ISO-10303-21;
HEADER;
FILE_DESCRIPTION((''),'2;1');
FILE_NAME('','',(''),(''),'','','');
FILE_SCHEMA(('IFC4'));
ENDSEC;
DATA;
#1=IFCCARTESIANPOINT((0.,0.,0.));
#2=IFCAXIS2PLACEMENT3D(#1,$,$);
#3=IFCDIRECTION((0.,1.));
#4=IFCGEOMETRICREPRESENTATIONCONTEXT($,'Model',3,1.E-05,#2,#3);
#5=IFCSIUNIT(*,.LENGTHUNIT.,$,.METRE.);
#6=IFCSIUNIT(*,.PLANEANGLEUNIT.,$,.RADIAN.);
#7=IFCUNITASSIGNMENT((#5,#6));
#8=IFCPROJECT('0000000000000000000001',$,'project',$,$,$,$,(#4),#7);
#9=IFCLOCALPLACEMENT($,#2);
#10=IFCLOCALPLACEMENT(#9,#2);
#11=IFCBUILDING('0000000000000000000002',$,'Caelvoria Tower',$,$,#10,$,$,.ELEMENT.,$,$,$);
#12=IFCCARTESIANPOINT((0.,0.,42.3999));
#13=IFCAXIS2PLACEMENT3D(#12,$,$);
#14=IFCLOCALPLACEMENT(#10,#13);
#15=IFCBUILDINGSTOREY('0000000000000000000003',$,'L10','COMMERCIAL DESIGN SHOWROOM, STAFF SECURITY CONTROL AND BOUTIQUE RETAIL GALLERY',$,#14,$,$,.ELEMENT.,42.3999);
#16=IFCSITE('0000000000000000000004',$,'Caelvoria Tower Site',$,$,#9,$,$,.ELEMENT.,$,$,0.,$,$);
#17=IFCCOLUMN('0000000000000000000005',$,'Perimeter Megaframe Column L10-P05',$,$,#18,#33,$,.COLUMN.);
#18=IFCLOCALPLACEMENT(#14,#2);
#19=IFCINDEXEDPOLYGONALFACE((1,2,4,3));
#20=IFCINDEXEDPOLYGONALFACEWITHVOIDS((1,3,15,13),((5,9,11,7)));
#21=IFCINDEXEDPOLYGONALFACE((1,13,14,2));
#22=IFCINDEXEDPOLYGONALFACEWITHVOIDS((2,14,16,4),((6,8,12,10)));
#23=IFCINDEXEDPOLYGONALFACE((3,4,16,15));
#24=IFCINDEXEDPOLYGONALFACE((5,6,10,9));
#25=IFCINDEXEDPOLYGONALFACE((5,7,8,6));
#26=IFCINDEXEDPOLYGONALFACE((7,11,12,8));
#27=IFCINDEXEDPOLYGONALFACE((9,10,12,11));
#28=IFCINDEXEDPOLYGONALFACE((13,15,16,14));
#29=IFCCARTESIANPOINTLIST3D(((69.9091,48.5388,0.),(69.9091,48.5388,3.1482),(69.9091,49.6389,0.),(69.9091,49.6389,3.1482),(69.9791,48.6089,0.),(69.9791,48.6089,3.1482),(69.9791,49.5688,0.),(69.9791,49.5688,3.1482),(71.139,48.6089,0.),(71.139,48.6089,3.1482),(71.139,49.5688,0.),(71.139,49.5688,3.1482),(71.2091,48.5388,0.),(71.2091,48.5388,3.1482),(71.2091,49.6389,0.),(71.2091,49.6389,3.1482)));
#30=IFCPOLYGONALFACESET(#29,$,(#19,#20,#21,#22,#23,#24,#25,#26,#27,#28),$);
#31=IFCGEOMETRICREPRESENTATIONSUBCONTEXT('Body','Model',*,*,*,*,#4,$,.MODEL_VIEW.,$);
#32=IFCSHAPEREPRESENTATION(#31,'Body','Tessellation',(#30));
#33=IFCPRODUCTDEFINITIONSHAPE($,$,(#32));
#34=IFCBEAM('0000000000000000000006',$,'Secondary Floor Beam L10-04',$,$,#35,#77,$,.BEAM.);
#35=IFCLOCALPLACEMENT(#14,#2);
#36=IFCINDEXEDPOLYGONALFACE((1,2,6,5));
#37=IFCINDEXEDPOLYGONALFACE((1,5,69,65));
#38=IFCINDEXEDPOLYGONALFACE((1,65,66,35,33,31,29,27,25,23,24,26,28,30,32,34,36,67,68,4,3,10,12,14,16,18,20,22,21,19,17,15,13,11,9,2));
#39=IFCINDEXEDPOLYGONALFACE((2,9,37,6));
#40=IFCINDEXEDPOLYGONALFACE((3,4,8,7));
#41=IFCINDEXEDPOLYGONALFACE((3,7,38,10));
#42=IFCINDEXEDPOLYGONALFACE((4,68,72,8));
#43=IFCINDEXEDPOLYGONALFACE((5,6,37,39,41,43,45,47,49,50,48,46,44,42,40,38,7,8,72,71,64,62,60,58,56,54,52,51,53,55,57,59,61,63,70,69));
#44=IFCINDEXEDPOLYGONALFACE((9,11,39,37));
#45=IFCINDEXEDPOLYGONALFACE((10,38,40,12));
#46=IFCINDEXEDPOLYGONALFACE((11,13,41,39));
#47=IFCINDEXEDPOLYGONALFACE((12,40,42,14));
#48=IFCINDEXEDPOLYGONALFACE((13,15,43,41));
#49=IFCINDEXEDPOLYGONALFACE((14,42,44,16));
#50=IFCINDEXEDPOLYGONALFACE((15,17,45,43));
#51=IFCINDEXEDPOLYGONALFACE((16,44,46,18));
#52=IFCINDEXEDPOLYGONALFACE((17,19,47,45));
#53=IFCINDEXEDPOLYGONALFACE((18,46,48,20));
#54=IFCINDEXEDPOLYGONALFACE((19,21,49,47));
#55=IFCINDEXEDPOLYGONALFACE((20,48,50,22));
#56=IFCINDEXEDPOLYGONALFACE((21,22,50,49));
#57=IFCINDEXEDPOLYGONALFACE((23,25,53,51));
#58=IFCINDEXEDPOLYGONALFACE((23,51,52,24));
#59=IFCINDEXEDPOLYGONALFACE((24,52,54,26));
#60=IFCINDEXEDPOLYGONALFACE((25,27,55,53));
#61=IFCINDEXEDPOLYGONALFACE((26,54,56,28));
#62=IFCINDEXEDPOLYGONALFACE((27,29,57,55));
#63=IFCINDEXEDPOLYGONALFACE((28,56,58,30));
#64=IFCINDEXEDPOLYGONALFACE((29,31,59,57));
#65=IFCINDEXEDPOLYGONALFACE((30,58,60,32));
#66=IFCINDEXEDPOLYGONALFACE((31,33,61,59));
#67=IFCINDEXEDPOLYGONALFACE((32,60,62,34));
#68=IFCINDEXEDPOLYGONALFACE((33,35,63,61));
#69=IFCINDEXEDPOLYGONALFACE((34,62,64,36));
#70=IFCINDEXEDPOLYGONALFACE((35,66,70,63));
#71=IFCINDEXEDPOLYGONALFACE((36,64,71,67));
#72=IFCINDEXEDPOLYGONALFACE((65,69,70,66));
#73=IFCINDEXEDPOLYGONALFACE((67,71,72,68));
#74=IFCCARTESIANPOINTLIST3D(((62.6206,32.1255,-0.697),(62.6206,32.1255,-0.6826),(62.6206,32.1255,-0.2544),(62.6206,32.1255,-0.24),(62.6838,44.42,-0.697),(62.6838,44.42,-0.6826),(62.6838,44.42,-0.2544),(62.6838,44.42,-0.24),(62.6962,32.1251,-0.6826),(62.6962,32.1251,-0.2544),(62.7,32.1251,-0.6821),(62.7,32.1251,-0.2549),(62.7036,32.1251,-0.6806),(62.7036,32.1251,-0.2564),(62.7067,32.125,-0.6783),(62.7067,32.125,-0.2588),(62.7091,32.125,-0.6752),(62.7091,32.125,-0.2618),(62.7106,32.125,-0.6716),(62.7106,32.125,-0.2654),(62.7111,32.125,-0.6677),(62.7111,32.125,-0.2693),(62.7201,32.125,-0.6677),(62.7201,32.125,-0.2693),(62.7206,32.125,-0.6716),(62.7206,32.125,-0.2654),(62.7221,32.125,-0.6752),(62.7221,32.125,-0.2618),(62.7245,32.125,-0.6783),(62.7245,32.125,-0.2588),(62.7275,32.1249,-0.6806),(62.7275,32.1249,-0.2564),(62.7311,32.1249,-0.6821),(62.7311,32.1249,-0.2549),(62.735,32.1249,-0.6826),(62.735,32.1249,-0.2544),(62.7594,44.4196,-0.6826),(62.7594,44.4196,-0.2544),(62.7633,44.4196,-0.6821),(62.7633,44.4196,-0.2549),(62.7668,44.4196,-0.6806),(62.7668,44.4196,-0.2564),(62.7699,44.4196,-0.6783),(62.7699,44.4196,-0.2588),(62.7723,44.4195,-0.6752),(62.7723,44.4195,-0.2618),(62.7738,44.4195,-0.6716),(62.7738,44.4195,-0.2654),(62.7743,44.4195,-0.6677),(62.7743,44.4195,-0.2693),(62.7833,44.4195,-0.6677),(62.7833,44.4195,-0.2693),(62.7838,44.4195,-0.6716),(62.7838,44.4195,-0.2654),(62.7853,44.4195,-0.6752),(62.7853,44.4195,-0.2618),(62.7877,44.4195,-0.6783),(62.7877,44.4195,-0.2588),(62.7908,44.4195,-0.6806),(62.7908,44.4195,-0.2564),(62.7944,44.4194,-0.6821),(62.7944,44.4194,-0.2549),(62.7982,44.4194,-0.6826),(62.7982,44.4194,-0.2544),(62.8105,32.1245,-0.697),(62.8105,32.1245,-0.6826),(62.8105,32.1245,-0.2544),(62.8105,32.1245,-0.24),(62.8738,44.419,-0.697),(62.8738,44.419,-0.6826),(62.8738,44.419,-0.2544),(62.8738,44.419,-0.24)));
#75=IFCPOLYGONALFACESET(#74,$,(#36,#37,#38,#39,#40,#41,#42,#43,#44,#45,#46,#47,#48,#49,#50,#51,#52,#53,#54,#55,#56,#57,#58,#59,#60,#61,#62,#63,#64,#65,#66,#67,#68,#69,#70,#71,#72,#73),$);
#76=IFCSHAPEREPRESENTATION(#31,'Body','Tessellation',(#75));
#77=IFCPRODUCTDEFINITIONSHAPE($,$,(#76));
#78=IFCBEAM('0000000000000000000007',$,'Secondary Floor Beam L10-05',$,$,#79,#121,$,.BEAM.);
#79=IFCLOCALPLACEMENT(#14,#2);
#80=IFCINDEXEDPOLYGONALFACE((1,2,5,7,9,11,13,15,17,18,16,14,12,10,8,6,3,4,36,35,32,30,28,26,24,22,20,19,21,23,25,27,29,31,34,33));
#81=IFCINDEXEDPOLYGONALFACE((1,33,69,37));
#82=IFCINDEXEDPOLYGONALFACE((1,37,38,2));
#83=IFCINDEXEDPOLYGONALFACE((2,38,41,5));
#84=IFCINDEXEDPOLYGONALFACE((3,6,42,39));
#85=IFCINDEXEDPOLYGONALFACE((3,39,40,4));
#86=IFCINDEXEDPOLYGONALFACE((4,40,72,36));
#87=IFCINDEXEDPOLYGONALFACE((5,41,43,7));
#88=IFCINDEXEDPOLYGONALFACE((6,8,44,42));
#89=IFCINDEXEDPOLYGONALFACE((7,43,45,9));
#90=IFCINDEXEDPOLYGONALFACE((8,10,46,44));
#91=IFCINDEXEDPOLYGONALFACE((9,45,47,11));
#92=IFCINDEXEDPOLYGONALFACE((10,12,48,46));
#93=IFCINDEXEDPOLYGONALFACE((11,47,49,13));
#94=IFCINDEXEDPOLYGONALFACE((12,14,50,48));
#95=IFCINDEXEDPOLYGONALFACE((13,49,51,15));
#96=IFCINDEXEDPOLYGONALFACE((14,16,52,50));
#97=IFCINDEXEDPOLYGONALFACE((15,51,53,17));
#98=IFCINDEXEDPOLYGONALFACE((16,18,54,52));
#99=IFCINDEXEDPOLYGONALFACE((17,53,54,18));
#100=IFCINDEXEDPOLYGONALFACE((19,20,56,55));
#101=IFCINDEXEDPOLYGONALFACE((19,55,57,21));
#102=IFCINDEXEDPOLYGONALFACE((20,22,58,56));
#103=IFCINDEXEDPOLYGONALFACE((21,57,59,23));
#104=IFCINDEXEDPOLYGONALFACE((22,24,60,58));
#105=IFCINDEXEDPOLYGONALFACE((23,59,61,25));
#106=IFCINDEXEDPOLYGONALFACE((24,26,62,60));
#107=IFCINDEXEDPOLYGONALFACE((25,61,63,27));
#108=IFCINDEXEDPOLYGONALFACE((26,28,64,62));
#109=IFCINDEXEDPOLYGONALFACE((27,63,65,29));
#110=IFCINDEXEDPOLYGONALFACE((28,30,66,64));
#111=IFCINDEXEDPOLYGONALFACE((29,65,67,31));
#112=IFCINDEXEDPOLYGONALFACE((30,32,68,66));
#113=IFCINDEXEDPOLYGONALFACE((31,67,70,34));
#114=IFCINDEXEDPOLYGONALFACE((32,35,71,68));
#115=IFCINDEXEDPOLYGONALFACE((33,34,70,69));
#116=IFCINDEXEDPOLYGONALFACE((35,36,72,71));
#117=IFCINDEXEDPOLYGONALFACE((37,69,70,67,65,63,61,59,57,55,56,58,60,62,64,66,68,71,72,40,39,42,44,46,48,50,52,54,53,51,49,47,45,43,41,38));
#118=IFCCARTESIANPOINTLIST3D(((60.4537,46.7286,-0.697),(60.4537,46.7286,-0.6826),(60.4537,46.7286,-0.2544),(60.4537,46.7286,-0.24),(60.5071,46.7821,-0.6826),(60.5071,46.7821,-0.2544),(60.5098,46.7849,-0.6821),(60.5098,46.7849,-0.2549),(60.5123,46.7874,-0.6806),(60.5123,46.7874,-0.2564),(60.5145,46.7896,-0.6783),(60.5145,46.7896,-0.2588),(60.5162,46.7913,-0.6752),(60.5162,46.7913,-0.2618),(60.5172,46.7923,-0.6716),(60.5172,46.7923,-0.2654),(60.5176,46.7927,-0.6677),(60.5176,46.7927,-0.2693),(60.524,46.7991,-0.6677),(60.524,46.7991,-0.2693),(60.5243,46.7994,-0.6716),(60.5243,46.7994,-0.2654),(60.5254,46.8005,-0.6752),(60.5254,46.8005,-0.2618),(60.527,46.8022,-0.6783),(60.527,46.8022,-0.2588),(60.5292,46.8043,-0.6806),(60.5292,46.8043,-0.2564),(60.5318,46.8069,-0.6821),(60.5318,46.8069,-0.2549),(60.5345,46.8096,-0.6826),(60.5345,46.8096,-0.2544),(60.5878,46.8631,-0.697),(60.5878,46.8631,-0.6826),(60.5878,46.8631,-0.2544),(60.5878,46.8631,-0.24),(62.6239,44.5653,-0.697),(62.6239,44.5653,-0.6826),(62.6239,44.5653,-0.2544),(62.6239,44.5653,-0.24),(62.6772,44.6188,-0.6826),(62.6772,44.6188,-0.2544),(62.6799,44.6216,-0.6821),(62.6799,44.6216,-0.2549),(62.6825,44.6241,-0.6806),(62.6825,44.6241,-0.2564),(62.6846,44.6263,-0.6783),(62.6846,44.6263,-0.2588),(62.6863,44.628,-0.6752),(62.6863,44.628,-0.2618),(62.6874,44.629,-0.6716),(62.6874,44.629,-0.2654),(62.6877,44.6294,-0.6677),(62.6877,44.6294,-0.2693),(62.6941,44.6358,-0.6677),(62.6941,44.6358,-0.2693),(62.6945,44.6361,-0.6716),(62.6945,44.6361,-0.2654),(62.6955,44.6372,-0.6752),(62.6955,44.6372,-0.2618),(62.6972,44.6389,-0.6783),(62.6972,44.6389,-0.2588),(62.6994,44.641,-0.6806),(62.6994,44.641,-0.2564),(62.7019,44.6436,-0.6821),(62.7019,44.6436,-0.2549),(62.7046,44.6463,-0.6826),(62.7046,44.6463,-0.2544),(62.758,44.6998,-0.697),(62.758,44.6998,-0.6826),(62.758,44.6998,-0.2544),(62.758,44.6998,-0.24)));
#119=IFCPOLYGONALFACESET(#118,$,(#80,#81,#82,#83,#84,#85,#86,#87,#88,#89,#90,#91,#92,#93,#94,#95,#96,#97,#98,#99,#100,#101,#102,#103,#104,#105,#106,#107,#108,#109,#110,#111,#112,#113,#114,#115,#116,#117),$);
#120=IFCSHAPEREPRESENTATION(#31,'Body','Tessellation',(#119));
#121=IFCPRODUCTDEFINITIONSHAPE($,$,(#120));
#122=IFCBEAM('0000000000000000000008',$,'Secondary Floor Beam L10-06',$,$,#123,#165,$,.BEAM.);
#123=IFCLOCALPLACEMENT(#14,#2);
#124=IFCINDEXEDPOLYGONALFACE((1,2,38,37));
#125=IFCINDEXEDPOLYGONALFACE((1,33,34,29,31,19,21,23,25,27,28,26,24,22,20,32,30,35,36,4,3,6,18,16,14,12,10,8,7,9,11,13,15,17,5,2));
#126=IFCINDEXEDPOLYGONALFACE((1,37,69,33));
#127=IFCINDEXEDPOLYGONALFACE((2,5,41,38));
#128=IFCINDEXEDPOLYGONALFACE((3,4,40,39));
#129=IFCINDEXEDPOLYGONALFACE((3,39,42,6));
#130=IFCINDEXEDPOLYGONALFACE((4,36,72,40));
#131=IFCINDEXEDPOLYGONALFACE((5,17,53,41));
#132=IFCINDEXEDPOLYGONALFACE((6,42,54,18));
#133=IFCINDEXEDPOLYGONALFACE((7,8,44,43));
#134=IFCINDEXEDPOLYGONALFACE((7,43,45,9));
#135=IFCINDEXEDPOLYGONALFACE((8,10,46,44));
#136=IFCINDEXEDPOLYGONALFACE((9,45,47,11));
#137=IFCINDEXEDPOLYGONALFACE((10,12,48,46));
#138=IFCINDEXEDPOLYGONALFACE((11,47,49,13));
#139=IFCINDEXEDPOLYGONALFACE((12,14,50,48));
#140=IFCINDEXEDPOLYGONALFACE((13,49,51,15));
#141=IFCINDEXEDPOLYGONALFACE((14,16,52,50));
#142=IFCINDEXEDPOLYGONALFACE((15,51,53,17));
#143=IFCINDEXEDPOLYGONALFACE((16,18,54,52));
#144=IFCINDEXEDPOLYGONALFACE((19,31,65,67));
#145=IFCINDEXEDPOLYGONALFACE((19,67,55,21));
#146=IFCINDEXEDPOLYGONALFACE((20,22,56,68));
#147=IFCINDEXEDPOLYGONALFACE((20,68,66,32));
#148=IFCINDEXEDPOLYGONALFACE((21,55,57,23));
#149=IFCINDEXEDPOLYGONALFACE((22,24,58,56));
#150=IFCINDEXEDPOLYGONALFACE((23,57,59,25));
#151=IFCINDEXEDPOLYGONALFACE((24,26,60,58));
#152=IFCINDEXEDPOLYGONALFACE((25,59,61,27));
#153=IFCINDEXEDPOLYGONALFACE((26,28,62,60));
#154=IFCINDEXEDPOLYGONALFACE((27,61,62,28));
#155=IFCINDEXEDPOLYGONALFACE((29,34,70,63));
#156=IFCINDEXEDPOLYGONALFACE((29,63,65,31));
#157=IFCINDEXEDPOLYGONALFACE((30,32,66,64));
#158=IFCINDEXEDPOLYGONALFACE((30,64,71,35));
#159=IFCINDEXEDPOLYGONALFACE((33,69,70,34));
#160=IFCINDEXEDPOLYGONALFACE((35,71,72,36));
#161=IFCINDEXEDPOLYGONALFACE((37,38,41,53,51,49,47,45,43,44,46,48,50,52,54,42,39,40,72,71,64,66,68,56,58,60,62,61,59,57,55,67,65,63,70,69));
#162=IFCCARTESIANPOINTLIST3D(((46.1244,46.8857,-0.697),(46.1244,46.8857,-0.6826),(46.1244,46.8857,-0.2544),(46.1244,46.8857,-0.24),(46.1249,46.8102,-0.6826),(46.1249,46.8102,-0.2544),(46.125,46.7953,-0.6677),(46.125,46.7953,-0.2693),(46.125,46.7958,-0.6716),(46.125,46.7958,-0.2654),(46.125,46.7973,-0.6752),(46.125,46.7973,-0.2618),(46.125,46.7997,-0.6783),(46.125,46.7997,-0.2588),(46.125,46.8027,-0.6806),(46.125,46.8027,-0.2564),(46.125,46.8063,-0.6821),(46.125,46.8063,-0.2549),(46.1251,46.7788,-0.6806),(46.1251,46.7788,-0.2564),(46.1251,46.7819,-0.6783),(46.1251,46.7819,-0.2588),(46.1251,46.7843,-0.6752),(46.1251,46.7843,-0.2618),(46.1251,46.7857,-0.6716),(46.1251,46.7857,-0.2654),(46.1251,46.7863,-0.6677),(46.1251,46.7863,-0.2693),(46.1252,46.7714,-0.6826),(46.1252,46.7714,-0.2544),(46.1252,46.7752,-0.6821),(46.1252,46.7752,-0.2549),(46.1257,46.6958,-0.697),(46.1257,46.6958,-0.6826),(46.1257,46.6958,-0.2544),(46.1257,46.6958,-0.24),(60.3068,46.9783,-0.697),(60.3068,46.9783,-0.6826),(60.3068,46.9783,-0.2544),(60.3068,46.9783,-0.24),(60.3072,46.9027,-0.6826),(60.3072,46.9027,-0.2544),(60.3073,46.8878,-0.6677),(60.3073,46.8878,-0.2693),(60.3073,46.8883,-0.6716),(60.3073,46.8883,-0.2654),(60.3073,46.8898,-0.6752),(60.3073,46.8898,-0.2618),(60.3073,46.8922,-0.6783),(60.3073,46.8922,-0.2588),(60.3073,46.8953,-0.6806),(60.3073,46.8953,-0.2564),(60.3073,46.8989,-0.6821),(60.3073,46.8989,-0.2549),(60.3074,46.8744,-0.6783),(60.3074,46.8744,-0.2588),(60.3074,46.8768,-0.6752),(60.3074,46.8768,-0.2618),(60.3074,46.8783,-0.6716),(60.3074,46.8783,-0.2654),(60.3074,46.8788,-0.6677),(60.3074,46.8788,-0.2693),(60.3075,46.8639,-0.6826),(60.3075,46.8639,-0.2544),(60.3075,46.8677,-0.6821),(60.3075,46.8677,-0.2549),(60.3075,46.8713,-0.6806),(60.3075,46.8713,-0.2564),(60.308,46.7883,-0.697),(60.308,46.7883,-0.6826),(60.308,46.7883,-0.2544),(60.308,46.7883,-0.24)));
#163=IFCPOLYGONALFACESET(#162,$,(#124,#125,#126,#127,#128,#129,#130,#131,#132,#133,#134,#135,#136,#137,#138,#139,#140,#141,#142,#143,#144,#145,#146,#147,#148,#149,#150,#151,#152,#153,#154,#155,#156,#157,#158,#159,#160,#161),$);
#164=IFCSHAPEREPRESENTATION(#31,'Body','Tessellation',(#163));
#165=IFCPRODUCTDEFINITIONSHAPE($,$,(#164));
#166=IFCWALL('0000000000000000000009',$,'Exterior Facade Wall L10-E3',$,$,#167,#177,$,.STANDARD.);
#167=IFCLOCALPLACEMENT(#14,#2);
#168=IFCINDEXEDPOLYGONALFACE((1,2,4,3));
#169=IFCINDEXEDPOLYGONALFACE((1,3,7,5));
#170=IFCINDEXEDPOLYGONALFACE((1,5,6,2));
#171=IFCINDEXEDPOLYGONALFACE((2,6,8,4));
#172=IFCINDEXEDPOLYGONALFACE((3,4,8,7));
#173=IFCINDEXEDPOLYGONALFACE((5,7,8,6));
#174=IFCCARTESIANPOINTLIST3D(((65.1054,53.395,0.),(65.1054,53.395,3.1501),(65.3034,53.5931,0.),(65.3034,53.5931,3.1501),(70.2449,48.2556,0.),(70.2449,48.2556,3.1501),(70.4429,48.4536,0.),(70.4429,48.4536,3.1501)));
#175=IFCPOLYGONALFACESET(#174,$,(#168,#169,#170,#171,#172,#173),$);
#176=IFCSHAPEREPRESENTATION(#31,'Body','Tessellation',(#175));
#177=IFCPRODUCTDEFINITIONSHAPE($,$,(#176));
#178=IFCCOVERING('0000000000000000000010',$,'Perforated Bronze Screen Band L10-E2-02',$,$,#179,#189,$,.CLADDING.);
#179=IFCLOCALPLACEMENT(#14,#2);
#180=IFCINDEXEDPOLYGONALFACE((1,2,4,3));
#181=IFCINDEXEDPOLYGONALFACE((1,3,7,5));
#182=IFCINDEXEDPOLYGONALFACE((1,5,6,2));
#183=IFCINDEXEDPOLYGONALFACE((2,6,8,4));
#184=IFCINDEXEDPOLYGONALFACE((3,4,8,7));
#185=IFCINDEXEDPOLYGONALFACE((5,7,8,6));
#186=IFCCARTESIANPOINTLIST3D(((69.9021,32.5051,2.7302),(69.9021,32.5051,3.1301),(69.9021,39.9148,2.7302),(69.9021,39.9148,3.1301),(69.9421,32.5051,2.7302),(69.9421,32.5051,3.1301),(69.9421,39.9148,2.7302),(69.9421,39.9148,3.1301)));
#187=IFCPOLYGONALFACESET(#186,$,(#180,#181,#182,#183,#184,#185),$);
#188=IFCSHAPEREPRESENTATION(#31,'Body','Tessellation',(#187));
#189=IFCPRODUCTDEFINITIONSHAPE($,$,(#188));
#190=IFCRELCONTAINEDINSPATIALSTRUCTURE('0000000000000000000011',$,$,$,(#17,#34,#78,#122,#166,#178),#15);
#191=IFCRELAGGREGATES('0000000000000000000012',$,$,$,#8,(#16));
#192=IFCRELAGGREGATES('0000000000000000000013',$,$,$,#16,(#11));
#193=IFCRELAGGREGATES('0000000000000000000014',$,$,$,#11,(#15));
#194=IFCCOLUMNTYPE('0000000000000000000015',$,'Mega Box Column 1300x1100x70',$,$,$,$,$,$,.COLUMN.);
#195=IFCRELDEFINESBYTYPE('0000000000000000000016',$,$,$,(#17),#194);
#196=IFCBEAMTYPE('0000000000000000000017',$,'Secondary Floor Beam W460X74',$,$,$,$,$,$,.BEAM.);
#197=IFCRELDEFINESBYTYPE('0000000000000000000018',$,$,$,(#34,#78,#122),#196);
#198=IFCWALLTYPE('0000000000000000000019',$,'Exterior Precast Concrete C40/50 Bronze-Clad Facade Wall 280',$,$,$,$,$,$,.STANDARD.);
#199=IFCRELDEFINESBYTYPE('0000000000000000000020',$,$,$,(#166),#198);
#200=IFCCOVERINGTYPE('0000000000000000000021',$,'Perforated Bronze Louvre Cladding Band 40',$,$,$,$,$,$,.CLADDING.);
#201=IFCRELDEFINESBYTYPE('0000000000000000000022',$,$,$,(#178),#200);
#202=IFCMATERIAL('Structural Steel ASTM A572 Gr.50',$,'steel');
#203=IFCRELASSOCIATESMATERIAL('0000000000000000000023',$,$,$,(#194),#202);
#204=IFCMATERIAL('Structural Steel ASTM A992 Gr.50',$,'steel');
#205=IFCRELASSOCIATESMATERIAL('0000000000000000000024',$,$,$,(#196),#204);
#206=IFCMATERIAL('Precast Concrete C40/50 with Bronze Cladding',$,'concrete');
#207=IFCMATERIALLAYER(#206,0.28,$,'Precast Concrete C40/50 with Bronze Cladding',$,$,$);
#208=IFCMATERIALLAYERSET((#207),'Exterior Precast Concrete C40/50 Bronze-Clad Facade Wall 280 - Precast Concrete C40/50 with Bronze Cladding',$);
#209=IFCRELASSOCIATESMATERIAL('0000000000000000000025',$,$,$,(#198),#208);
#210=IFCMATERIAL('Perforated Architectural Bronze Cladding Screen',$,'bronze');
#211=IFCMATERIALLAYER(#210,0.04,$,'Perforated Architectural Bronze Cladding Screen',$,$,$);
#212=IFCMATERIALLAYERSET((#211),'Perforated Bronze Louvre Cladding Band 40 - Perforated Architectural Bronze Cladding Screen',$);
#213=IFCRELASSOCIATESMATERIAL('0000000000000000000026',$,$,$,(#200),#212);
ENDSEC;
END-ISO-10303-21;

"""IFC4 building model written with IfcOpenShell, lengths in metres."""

from ifc_helpers import new_model, si_unit, direction, frame, frame_2d, origin, origin_2d, place, context, subcontext, project, spatial, rectangle, hollow_rectangle, i_section, extrude, material, layer, layer_set, material_profile, profile_set, type_object, element, save


model = new_model("IFC4")

# Units and contexts
model_context = context("Model", 3, precision=1e-05, world=origin(), true_north=direction((0.0, 1.0)))
body_context = subcontext(model_context, "Body", "Model", "MODEL_VIEW")
ifc_project = project(units=[si_unit("LENGTHUNIT", "METRE"), si_unit("PLANEANGLEUNIT", "RADIAN")], contexts=[model_context])

# Site, building, storey
site_placement = place(None, origin())
site = spatial("IfcSite", under=ifc_project, at=site_placement, Name="Caelvoria Tower Site", CompositionType="ELEMENT", RefElevation=0.0)
building_placement = place(site_placement, origin())
building = spatial("IfcBuilding", under=site, at=building_placement, Name="Caelvoria Tower", CompositionType="ELEMENT")
storey_placement = place(building_placement, frame((0.0, 0.0, 42.3999)))
storey = spatial("IfcBuildingStorey", under=building, at=storey_placement, Name="L10", Description="COMMERCIAL DESIGN SHOWROOM, STAFF SECURITY CONTROL AND BOUTIQUE RETAIL GALLERY", CompositionType="ELEMENT", Elevation=42.3999)

# Column
ifc_material_1 = material(Name="Structural Steel ASTM A572 Gr.50", Category="steel")
ifc_material_profile_1 = material_profile(ifc_material_1, hollow_rectangle(XDim=1.1001, YDim=1.3, WallThickness=0.0701, at=origin_2d()), Name="Structural Steel ASTM A572 Gr.50")
ifc_profile_set_1 = profile_set([ifc_material_profile_1], Name="BOX1300X1100X70 - Structural Steel ASTM A572 Gr.50")
column_type = type_object("IfcColumnType", Name="Mega Box Column 1300x1100x70", PredefinedType="COLUMN", material=ifc_profile_set_1)
column_placement = place(storey_placement, frame((70.5591, 49.0889, 0.0), z_axis=(0.0, 0.0, 1.0), x_axis=(0.0, 1.0, 0.0)))
element("IfcColumn", 1, at=column_placement, inside=storey, type_object=column_type, Name="Perimeter Megaframe Column L10-P05", PredefinedType="COLUMN", context=body_context, shape_type="SweptSolid", body=[
    extrude(hollow_rectangle(XDim=1.1001, YDim=1.3, WallThickness=0.0701, at=origin_2d()), origin(), (0.0, 0.0, 1.0), 3.1482),
])

# Beams
ifc_material_2 = material(Name="Structural Steel ASTM A992 Gr.50", Category="steel")
ifc_material_profile_2 = material_profile(ifc_material_2, i_section(OverallWidth=0.1899, OverallDepth=0.457, WebThickness=0.009, FlangeThickness=0.0144, FilletRadius=0.0149, at=origin_2d()), Name="Structural Steel ASTM A992 Gr.50")
ifc_profile_set_2 = profile_set([ifc_material_profile_2], Name="W460X74 - Structural Steel ASTM A992 Gr.50")
beam_type = type_object("IfcBeamType", Name="Secondary Floor Beam W460X74", PredefinedType="BEAM", material=ifc_profile_set_2)
beam_1_placement = place(storey_placement, frame((62.7156, 32.125, -0.4685), z_axis=(0.005143, 0.999987, 0.0), x_axis=(-0.999987, 0.005143, 0.0)))
element("IfcBeam", 2, at=beam_1_placement, inside=storey, type_object=beam_type, Name="Secondary Floor Beam L10-04", PredefinedType="BEAM", context=body_context, shape_type="SweptSolid", body=[
    extrude(i_section(OverallWidth=0.1899, OverallDepth=0.457, WebThickness=0.009, FlangeThickness=0.0144, FilletRadius=0.0149, at=origin_2d()), origin(), (0.0, 0.0, 1.0), 12.2947),
])
beam_2_placement = place(storey_placement, frame((62.6909, 44.6326, -0.4685), z_axis=(-0.708221, 0.70599, 0.0), x_axis=(-0.70599, -0.708221, 0.0)))
element("IfcBeam", 3, at=beam_2_placement, inside=storey, type_object=beam_type, Name="Secondary Floor Beam L10-05", PredefinedType="BEAM", context=body_context, shape_type="SweptSolid", body=[
    extrude(i_section(OverallWidth=0.1899, OverallDepth=0.457, WebThickness=0.009, FlangeThickness=0.0144, FilletRadius=0.0149, at=origin_2d()), origin(), (0.0, 0.0, 1.0), 3.0642),
])
beam_3_placement = place(storey_placement, frame((60.3074, 46.8833, -0.4685), z_axis=(-0.999979, -0.006524, 0.0), x_axis=(0.006524, -0.999979, 0.0)))
element("IfcBeam", 4, at=beam_3_placement, inside=storey, type_object=beam_type, Name="Secondary Floor Beam L10-06", PredefinedType="BEAM", context=body_context, shape_type="SweptSolid", body=[
    extrude(i_section(OverallWidth=0.1899, OverallDepth=0.457, WebThickness=0.009, FlangeThickness=0.0144, FilletRadius=0.0149, at=origin_2d()), origin(), (0.0, 0.0, 1.0), 14.1826),
])

# Wall
ifc_material_3 = material(Name="Precast Concrete C40/50 with Bronze Cladding", Category="concrete")
ifc_layer_1 = layer(ifc_material_3, 0.28, Name="Precast Concrete C40/50 with Bronze Cladding")
ifc_layer_set_1 = layer_set([ifc_layer_1], Name="Exterior Precast Concrete C40/50 Bronze-Clad Facade Wall 280 - Precast Concrete C40/50 with Bronze Cladding")
wall_type = type_object("IfcWallType", Name="Exterior Precast Concrete C40/50 Bronze-Clad Facade Wall 280", PredefinedType="STANDARD", material=ifc_layer_set_1)
wall_placement = place(storey_placement, frame((70.344, 48.3545, 0.0), z_axis=(0.0, 0.0, 1.0), x_axis=(-0.707107, 0.707107, 0.0)))
element("IfcWall", 5, at=wall_placement, inside=storey, type_object=wall_type, Name="Exterior Facade Wall L10-E3", PredefinedType="STANDARD", context=body_context, shape_type="SweptSolid", body=[
    extrude(rectangle(XDim=7.2683, YDim=0.28, at=frame_2d((3.6343, 0.0))), origin(), (0.0, 0.0, 1.0), 3.1501),
])

# Covering
ifc_material_4 = material(Name="Perforated Architectural Bronze Cladding Screen", Category="bronze")
ifc_layer_2 = layer(ifc_material_4, 0.04, Name="Perforated Architectural Bronze Cladding Screen")
ifc_layer_set_2 = layer_set([ifc_layer_2], Name="Perforated Bronze Louvre Cladding Band 40 - Perforated Architectural Bronze Cladding Screen")
covering_type = type_object("IfcCoveringType", Name="Perforated Bronze Louvre Cladding Band 40", PredefinedType="CLADDING", material=ifc_layer_set_2)
for number, where, z_axis, x_axis, name in (
    (6, (69.9221, 36.21, 2.7302), (0.0, 0.0, 1.0), (0.0, 1.0, 0.0), "Perforated Bronze Screen Band L10-E2-02"),
):
    element("IfcCovering", number, at=place(storey_placement, frame(where, z_axis=z_axis, x_axis=x_axis)), inside=storey, type_object=covering_type, Name=name, PredefinedType="CLADDING", context=body_context, shape_type="SweptSolid", body=[
        extrude(rectangle(XDim=7.4097, YDim=0.04, at=origin_2d()), origin(), (0.0, 0.0, 1.0), 0.3999),
    ])

save(model, "model.ifc")
